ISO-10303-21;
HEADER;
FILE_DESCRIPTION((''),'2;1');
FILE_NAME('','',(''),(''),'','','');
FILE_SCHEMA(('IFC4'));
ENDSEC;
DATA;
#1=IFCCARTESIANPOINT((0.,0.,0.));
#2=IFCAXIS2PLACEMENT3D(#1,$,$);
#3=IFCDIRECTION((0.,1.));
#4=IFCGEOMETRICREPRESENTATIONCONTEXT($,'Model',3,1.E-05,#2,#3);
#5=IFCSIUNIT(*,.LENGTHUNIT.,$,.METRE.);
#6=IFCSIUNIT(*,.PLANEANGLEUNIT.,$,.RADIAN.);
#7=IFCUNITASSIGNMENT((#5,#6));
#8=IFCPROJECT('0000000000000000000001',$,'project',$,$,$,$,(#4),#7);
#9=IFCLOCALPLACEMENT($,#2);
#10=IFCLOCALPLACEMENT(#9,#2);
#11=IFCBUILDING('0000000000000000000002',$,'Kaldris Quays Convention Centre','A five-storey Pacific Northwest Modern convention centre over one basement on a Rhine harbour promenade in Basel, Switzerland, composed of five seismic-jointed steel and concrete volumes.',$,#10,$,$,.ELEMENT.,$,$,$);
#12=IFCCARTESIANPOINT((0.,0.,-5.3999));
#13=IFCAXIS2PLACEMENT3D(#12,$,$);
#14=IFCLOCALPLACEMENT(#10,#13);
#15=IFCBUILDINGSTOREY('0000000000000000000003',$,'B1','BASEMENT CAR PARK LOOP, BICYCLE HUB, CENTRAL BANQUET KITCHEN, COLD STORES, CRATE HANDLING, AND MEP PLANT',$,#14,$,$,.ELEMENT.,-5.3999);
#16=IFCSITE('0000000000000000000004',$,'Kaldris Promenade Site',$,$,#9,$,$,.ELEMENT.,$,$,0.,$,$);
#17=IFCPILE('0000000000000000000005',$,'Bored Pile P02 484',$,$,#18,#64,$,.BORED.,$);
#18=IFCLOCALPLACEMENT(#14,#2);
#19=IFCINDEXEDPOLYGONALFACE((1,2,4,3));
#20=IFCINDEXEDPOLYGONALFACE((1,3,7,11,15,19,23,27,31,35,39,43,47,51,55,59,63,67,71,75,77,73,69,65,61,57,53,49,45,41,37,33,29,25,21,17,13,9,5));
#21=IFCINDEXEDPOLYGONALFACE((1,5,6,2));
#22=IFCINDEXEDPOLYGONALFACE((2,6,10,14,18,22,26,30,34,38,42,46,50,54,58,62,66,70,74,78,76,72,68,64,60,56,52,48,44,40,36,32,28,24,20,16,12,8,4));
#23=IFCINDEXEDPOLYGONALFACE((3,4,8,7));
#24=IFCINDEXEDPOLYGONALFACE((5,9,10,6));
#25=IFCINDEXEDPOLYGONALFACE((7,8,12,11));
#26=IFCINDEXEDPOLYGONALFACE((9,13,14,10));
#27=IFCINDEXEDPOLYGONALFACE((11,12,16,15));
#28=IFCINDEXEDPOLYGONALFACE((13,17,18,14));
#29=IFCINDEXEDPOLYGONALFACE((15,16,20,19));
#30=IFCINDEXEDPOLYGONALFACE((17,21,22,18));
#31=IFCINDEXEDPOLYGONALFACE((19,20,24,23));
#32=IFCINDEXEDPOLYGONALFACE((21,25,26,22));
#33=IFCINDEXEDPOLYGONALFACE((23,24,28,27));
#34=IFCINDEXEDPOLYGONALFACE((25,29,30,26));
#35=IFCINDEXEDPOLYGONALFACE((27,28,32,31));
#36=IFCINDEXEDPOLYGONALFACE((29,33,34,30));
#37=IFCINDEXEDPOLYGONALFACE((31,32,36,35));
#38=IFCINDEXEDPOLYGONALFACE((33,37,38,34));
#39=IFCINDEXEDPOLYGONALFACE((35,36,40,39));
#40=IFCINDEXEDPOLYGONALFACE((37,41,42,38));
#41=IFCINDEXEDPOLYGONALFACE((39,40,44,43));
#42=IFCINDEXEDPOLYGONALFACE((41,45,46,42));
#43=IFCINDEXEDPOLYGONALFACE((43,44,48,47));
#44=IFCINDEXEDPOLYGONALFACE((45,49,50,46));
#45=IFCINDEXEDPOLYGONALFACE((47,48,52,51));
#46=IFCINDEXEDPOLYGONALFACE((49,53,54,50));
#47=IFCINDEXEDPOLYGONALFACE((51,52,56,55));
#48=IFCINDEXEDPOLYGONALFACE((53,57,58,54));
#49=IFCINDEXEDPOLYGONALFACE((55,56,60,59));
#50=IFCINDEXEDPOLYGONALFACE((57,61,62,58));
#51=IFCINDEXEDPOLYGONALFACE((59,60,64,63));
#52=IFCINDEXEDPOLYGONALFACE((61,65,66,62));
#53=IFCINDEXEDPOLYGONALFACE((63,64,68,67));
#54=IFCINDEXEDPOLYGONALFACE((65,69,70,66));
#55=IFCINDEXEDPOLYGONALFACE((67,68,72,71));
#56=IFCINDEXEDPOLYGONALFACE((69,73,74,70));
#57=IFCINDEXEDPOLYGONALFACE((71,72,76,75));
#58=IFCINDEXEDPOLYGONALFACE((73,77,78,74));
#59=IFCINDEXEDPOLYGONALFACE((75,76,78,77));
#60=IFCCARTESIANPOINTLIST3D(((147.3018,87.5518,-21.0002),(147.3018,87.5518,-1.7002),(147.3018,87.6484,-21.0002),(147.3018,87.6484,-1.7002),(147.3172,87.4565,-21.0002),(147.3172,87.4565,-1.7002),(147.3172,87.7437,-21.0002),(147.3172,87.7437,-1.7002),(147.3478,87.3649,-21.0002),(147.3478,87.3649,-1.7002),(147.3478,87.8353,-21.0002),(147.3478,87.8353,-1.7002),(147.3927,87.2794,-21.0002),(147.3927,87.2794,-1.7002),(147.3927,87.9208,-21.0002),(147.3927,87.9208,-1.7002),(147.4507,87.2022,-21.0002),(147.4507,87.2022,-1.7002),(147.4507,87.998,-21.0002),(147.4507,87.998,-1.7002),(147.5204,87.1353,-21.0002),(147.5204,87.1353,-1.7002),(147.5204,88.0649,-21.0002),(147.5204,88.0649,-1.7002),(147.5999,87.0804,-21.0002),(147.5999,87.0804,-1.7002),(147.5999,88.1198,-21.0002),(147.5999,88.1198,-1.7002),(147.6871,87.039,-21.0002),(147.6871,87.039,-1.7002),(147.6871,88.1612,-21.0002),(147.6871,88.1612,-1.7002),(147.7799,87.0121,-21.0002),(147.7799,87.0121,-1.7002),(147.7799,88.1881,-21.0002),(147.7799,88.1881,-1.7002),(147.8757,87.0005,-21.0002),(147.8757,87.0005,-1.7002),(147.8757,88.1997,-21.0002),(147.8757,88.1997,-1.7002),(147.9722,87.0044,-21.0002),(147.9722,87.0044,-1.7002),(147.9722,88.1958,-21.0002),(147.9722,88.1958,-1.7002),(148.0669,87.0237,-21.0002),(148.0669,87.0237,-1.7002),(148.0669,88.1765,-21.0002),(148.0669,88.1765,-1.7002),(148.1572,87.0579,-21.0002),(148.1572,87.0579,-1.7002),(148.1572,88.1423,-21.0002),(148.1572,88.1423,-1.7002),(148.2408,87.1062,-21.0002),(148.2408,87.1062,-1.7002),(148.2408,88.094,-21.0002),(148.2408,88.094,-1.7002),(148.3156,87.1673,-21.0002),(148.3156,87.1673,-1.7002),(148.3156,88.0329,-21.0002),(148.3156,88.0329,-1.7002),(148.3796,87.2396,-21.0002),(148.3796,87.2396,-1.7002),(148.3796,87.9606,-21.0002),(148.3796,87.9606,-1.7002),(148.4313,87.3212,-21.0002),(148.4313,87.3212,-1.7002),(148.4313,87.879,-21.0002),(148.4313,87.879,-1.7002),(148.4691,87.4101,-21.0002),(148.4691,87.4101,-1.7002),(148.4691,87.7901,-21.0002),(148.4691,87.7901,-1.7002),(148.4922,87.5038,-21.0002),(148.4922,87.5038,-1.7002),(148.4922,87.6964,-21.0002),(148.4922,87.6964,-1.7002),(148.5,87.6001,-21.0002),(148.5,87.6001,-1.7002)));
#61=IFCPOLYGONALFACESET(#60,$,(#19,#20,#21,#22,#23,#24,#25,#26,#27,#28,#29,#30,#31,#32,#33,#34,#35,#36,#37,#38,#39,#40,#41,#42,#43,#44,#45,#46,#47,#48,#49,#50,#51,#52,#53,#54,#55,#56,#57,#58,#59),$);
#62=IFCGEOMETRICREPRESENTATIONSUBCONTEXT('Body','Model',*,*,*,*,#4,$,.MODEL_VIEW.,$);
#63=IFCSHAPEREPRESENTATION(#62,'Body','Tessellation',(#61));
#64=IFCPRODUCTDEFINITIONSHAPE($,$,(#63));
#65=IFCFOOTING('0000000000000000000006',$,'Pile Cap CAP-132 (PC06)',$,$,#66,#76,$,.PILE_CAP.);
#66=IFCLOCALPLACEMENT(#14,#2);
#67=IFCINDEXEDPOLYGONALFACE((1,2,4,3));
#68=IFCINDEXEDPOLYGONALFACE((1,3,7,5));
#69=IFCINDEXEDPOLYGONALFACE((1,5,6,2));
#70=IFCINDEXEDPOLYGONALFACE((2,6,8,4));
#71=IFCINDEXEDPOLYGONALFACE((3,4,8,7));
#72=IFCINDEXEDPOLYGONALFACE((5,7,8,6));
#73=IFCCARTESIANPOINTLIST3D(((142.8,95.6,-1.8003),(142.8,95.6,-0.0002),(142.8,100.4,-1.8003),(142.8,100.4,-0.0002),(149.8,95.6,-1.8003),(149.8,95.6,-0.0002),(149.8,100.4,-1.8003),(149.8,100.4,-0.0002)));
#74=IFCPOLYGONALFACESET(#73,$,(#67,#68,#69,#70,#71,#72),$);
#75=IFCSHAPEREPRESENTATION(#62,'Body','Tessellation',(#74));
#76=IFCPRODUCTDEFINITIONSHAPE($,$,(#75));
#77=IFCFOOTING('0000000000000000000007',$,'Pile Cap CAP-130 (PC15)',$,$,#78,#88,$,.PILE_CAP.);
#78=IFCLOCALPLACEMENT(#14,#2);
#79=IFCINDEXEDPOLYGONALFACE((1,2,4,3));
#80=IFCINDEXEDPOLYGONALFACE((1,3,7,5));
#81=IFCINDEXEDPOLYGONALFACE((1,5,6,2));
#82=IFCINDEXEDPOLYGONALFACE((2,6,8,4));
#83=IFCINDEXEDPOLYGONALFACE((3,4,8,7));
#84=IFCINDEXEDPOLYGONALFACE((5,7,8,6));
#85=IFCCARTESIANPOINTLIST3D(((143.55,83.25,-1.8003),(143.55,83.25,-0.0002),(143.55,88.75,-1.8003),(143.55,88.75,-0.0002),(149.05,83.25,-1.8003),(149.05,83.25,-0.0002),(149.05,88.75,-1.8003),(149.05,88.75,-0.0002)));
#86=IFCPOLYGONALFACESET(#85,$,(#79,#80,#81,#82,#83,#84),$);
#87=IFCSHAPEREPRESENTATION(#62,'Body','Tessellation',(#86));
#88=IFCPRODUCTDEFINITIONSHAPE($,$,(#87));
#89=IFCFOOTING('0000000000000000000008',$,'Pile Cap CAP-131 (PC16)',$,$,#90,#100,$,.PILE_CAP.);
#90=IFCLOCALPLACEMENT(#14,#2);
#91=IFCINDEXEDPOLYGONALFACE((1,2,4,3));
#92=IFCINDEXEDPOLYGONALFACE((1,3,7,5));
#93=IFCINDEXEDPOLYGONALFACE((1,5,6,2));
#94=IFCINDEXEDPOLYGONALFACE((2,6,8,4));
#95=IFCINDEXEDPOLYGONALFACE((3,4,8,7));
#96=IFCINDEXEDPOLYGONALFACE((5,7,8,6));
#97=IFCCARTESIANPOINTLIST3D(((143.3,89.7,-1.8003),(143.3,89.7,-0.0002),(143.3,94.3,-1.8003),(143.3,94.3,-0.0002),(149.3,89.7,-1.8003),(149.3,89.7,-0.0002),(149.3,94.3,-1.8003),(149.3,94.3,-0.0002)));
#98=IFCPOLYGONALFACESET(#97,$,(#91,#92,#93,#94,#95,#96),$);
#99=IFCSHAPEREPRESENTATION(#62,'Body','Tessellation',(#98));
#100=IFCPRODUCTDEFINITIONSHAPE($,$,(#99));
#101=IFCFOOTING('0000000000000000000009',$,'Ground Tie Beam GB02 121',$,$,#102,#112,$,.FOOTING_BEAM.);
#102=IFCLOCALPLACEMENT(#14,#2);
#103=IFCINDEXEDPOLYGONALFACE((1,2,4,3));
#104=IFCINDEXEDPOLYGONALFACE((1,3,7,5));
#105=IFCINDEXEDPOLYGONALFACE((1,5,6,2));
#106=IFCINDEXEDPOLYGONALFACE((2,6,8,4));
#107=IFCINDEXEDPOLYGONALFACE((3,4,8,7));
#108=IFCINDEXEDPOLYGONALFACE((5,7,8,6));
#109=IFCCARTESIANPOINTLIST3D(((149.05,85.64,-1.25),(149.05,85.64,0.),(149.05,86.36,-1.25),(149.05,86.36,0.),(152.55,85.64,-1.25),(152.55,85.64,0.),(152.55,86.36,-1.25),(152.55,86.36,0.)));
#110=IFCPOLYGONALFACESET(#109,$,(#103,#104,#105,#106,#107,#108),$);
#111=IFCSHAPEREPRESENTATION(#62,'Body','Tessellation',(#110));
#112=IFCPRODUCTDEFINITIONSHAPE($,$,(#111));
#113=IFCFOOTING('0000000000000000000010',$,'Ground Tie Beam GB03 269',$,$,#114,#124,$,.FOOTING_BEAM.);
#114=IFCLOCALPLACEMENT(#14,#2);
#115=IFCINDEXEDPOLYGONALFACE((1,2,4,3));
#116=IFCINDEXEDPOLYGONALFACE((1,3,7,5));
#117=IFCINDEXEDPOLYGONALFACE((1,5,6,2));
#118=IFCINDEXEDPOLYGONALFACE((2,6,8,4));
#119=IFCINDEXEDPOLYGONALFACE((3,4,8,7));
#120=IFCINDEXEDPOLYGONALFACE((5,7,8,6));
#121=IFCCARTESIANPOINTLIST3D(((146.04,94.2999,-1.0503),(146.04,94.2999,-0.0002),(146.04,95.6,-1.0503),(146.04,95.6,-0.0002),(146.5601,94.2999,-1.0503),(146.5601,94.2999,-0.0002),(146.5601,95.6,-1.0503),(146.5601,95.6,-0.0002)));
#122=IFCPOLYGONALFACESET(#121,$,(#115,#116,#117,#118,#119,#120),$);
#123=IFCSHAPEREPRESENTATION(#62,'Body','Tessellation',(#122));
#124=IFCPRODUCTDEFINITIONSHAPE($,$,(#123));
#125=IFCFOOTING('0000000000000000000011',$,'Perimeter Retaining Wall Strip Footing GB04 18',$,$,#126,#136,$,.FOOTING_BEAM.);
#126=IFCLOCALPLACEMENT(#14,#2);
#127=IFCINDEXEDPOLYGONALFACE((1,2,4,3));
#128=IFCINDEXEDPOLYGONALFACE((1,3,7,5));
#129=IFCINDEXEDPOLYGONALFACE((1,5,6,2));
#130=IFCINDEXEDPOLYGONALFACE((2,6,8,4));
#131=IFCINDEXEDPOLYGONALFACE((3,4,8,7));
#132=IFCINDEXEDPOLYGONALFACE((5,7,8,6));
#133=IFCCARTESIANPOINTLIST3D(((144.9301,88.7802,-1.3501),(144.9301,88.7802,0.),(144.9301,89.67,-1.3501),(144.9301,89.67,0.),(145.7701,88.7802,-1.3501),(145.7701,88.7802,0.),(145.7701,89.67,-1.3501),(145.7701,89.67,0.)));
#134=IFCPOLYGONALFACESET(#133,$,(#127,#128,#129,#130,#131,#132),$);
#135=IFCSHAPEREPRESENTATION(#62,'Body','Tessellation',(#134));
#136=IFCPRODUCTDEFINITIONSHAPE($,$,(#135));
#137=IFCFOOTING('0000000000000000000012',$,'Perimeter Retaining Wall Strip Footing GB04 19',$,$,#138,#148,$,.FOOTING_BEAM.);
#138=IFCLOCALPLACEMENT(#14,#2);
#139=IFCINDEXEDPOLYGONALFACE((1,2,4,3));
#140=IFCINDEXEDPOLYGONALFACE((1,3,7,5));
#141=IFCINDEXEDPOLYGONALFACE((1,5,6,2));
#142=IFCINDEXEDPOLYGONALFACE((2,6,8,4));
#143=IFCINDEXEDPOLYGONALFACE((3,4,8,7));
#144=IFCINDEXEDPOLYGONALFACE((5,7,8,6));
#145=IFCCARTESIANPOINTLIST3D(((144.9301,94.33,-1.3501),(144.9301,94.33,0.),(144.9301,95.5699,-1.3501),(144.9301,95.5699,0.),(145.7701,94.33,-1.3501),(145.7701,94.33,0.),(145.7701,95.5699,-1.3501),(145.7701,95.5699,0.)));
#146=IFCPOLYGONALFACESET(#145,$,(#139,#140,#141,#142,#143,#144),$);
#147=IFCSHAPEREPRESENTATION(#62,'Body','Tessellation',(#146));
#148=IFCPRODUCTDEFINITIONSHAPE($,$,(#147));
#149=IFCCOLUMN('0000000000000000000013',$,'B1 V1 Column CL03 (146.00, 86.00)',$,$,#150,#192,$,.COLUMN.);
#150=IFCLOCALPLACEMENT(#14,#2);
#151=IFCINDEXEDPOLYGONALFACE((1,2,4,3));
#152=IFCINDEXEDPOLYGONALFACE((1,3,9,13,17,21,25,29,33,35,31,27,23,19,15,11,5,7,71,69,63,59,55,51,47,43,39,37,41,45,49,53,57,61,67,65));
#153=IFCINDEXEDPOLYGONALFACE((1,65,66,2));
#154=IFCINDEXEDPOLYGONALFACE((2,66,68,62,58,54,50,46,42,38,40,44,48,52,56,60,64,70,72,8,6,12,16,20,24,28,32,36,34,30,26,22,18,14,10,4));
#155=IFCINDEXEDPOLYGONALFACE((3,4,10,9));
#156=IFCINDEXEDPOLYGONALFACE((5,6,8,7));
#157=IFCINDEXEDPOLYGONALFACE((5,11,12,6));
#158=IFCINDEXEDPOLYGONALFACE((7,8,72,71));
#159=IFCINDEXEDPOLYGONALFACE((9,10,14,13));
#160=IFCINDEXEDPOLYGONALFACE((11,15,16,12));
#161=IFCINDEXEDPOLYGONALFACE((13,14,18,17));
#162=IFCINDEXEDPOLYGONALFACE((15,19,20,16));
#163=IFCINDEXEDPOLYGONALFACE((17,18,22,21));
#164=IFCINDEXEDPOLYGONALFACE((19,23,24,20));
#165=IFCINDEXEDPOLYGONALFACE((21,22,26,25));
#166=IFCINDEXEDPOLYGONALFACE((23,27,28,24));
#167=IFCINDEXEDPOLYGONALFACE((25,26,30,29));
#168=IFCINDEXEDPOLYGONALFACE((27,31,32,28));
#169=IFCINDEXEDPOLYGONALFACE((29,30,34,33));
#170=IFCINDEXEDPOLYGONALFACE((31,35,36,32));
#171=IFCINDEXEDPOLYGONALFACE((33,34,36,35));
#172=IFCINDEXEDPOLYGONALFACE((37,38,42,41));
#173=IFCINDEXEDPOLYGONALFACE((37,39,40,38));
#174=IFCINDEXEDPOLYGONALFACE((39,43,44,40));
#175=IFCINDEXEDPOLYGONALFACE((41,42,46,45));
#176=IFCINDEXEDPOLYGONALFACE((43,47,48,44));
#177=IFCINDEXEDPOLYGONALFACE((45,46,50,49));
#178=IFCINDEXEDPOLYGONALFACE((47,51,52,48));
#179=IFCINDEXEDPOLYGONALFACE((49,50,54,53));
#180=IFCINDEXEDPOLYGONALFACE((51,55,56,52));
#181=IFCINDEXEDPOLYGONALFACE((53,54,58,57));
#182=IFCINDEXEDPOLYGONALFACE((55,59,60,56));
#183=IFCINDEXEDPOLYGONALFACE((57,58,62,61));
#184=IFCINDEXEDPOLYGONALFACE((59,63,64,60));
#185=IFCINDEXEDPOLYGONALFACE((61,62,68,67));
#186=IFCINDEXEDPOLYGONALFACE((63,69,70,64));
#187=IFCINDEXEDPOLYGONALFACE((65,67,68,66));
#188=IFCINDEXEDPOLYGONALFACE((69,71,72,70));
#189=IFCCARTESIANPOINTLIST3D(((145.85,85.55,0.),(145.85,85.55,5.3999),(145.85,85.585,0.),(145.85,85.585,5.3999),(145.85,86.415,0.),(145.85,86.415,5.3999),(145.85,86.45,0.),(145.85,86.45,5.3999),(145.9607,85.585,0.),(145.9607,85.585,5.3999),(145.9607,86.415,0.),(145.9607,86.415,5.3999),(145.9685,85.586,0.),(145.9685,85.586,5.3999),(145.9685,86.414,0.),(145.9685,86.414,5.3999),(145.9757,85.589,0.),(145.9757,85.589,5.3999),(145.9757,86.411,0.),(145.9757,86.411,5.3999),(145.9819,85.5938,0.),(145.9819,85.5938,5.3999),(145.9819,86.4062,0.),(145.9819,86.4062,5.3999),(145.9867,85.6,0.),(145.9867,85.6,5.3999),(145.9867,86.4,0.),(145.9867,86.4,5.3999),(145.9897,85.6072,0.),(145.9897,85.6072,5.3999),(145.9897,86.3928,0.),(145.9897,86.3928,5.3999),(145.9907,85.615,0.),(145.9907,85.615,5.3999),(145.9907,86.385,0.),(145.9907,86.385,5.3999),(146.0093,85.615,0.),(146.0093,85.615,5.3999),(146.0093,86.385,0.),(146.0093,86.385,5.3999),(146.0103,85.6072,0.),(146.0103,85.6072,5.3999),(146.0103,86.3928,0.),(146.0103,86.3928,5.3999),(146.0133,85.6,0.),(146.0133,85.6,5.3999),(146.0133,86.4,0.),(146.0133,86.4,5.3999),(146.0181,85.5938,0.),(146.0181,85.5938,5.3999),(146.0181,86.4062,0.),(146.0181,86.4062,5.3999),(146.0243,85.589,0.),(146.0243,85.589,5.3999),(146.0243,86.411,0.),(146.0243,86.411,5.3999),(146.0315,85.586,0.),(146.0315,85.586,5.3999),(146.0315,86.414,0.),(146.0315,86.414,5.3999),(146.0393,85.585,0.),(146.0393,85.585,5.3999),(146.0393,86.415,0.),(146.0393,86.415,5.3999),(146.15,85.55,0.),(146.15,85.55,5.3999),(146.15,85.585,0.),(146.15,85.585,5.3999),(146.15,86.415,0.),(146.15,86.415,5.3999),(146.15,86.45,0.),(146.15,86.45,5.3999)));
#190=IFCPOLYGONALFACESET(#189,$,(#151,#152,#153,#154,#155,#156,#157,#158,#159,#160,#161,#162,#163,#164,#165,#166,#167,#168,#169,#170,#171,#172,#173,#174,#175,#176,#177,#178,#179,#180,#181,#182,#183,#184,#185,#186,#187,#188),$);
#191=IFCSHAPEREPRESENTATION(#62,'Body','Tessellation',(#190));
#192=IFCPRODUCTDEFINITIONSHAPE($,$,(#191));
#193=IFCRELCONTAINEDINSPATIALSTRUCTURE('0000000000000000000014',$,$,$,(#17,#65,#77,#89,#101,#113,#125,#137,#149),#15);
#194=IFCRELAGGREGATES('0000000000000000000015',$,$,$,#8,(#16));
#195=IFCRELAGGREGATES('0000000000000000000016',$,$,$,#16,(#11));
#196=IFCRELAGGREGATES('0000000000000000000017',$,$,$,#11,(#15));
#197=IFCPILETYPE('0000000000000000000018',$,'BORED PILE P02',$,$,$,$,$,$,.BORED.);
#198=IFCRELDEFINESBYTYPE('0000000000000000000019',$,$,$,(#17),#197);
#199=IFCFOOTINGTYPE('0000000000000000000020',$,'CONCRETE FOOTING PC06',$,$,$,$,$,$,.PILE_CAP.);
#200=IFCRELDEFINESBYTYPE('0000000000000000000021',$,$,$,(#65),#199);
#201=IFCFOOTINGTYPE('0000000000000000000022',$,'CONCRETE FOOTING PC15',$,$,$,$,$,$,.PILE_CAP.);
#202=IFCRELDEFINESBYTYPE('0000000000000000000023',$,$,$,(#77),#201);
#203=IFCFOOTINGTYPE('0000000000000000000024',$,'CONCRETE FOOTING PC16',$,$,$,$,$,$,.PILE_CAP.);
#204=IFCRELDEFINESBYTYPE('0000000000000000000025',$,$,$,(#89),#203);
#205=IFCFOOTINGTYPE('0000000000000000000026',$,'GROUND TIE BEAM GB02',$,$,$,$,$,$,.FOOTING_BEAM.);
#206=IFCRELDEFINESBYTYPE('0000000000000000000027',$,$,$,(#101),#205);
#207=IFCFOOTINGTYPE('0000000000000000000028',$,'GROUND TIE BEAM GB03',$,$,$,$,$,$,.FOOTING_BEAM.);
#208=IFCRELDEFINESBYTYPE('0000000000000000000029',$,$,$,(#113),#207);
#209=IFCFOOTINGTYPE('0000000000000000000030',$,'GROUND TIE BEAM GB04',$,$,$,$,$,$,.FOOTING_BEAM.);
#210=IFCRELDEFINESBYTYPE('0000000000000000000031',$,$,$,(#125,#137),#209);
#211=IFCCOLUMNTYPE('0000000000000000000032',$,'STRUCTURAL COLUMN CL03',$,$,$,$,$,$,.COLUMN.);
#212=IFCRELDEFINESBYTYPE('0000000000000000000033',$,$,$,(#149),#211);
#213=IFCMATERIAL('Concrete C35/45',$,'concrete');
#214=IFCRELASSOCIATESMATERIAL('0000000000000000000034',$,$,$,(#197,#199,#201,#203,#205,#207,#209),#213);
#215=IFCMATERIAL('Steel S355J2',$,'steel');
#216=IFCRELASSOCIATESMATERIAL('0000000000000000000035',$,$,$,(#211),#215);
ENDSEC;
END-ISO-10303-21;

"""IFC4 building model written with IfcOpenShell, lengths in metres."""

from ifc_helpers import new_model, si_unit, direction, frame, origin, origin_2d, place, context, subcontext, project, spatial, rectangle, circle, i_section, extrude, material, material_profile, profile_set, type_object, element, save


model = new_model("IFC4")

# Units and contexts
model_context = context("Model", 3, precision=1e-05, world=origin(), true_north=direction((0.0, 1.0)))
body_context = subcontext(model_context, "Body", "Model", "MODEL_VIEW")
ifc_project = project(units=[si_unit("LENGTHUNIT", "METRE"), si_unit("PLANEANGLEUNIT", "RADIAN")], contexts=[model_context])

# Site, building, storey
site_placement = place(None, origin())
site = spatial("IfcSite", under=ifc_project, at=site_placement, Name="Kaldris Promenade Site", CompositionType="ELEMENT", RefElevation=0.0)
building_placement = place(site_placement, origin())
building = spatial("IfcBuilding", under=site, at=building_placement, Name="Kaldris Quays Convention Centre", Description="A five-storey Pacific Northwest Modern convention centre over one basement on a Rhine harbour promenade in Basel, Switzerland, composed of five seismic-jointed steel and concrete volumes.", CompositionType="ELEMENT")
storey_placement = place(building_placement, frame((0.0, 0.0, -5.3999)))
storey = spatial("IfcBuildingStorey", under=building, at=storey_placement, Name="B1", Description="BASEMENT CAR PARK LOOP, BICYCLE HUB, CENTRAL BANQUET KITCHEN, COLD STORES, CRATE HANDLING, AND MEP PLANT", CompositionType="ELEMENT", Elevation=-5.3999)

# Pile
ifc_material_1 = material(Name="Concrete C35/45", Category="concrete")
ifc_material_profile_1 = material_profile(ifc_material_1, circle(Radius=0.6001, at=origin_2d()), Name="BORED PILE D1200")
ifc_profile_set_1 = profile_set([ifc_material_profile_1], Name="Concrete C35/45")
pile_type_1 = type_object("IfcPileType", Name="BORED PILE P02", PredefinedType="BORED", material=ifc_profile_set_1)
for number, where, z_axis, x_axis, name in (
    (1, (147.8999, 87.6001, -1.7002), (0.0, 0.0, -1.0), (1.0, 0.0, 0.0), "Bored Pile P02 484"),
):
    element("IfcPile", number, at=place(storey_placement, frame(where, z_axis=z_axis, x_axis=x_axis)), inside=storey, type_object=pile_type_1, Name=name, PredefinedType="BORED", context=body_context, shape_type="SweptSolid", body=[
        extrude(circle(Radius=0.6001, at=origin_2d()), origin(), (0.0, 0.0, 1.0), 19.3),
    ])

# Footings
footing_type_1 = type_object("IfcFootingType", Name="CONCRETE FOOTING PC06", PredefinedType="PILE_CAP", material=ifc_material_1)
footing_1_placement = place(storey_placement, frame((146.3, 98.0, -1.8003), z_axis=(0.0, 0.0, 1.0), x_axis=(1.0, 0.0, 0.0)))
element("IfcFooting", 2, at=footing_1_placement, inside=storey, type_object=footing_type_1, Name="Pile Cap CAP-132 (PC06)", PredefinedType="PILE_CAP", context=body_context, shape_type="SweptSolid", body=[
    extrude(rectangle(XDim=7.0, YDim=4.8, at=origin_2d()), origin(), (0.0, 0.0, 1.0), 1.8),
])
footing_type_2 = type_object("IfcFootingType", Name="CONCRETE FOOTING PC15", PredefinedType="PILE_CAP", material=ifc_material_1)
footing_2_placement = place(storey_placement, frame((146.3, 86.0, -1.8003), z_axis=(0.0, 0.0, 1.0), x_axis=(1.0, 0.0, 0.0)))
element("IfcFooting", 3, at=footing_2_placement, inside=storey, type_object=footing_type_2, Name="Pile Cap CAP-130 (PC15)", PredefinedType="PILE_CAP", context=body_context, shape_type="SweptSolid", body=[
    extrude(rectangle(XDim=5.5, YDim=5.5, at=origin_2d()), origin(), (0.0, 0.0, 1.0), 1.8),
])
footing_type_3 = type_object("IfcFootingType", Name="CONCRETE FOOTING PC16", PredefinedType="PILE_CAP", material=ifc_material_1)
footing_3_placement = place(storey_placement, frame((146.3, 92.0, -1.8003), z_axis=(0.0, 0.0, 1.0), x_axis=(1.0, 0.0, 0.0)))
element("IfcFooting", 4, at=footing_3_placement, inside=storey, type_object=footing_type_3, Name="Pile Cap CAP-131 (PC16)", PredefinedType="PILE_CAP", context=body_context, shape_type="SweptSolid", body=[
    extrude(rectangle(XDim=6.0, YDim=4.6001, at=origin_2d()), origin(), (0.0, 0.0, 1.0), 1.8),
])
footing_type_4 = type_object("IfcFootingType", Name="GROUND TIE BEAM GB02", PredefinedType="FOOTING_BEAM", material=ifc_material_1)
footing_4_placement = place(storey_placement, frame((150.8, 86.0, -1.25), z_axis=(0.0, 0.0, 1.0), x_axis=(1.0, 0.0, 0.0)))
element("IfcFooting", 5, at=footing_4_placement, inside=storey, type_object=footing_type_4, Name="Ground Tie Beam GB02 121", PredefinedType="FOOTING_BEAM", context=body_context, shape_type="SweptSolid", body=[
    extrude(rectangle(XDim=3.5, YDim=0.72, at=origin_2d()), origin(), (0.0, 0.0, 1.0), 1.25),
])
footing_type_5 = type_object("IfcFootingType", Name="GROUND TIE BEAM GB03", PredefinedType="FOOTING_BEAM", material=ifc_material_1)
footing_5_placement = place(storey_placement, frame((146.3, 94.95, -1.0503), z_axis=(0.0, 0.0, 1.0), x_axis=(1.0, 0.0, 0.0)))
element("IfcFooting", 6, at=footing_5_placement, inside=storey, type_object=footing_type_5, Name="Ground Tie Beam GB03 269", PredefinedType="FOOTING_BEAM", context=body_context, shape_type="SweptSolid", body=[
    extrude(rectangle(XDim=0.52, YDim=1.3, at=origin_2d()), origin(), (0.0, 0.0, 1.0), 1.05),
])
footing_type_6 = type_object("IfcFootingType", Name="GROUND TIE BEAM GB04", PredefinedType="FOOTING_BEAM", material=ifc_material_1)
footing_6_placement = place(storey_placement, frame((145.3501, 89.2251, -1.3501), z_axis=(0.0, 0.0, 1.0), x_axis=(1.0, 0.0, 0.0)))
element("IfcFooting", 7, at=footing_6_placement, inside=storey, type_object=footing_type_6, Name="Perimeter Retaining Wall Strip Footing GB04 18", PredefinedType="FOOTING_BEAM", context=body_context, shape_type="SweptSolid", body=[
    extrude(rectangle(XDim=0.8401, YDim=0.8899, at=origin_2d()), origin(), (0.0, 0.0, 1.0), 1.3501),
])
footing_7_placement = place(storey_placement, frame((145.3501, 94.95, -1.3501), z_axis=(0.0, 0.0, 1.0), x_axis=(1.0, 0.0, 0.0)))
element("IfcFooting", 8, at=footing_7_placement, inside=storey, type_object=footing_type_6, Name="Perimeter Retaining Wall Strip Footing GB04 19", PredefinedType="FOOTING_BEAM", context=body_context, shape_type="SweptSolid", body=[
    extrude(rectangle(XDim=0.8401, YDim=1.24, at=origin_2d()), origin(), (0.0, 0.0, 1.0), 1.3501),
])

# Column
ifc_material_2 = material(Name="Steel S355J2", Category="steel")
ifc_material_profile_2 = material_profile(ifc_material_2, i_section(OverallWidth=0.3, OverallDepth=0.8999, WebThickness=0.0186, FlangeThickness=0.0349, FilletRadius=0.03, at=origin_2d()), Name="HEB 900")
ifc_profile_set_2 = profile_set([ifc_material_profile_2], Name="Steel S355J2")
column_type_1 = type_object("IfcColumnType", Name="STRUCTURAL COLUMN CL03", PredefinedType="COLUMN", material=ifc_profile_set_2)
for number, where, z_axis, x_axis, name in (
    (9, (146.0, 86.0, 0.0), (0.0, 0.0, 1.0), (1.0, 0.0, 0.0), "B1 V1 Column CL03 (146.00, 86.00)"),
):
    element("IfcColumn", number, at=place(storey_placement, frame(where, z_axis=z_axis, x_axis=x_axis)), inside=storey, type_object=column_type_1, Name=name, PredefinedType="COLUMN", context=body_context, shape_type="SweptSolid", body=[
        extrude(i_section(OverallWidth=0.3, OverallDepth=0.8999, WebThickness=0.0186, FlangeThickness=0.0349, FilletRadius=0.03, at=origin_2d()), origin(), (0.0, 0.0, 1.0), 5.3999),
    ])

save(model, "model.ifc")
